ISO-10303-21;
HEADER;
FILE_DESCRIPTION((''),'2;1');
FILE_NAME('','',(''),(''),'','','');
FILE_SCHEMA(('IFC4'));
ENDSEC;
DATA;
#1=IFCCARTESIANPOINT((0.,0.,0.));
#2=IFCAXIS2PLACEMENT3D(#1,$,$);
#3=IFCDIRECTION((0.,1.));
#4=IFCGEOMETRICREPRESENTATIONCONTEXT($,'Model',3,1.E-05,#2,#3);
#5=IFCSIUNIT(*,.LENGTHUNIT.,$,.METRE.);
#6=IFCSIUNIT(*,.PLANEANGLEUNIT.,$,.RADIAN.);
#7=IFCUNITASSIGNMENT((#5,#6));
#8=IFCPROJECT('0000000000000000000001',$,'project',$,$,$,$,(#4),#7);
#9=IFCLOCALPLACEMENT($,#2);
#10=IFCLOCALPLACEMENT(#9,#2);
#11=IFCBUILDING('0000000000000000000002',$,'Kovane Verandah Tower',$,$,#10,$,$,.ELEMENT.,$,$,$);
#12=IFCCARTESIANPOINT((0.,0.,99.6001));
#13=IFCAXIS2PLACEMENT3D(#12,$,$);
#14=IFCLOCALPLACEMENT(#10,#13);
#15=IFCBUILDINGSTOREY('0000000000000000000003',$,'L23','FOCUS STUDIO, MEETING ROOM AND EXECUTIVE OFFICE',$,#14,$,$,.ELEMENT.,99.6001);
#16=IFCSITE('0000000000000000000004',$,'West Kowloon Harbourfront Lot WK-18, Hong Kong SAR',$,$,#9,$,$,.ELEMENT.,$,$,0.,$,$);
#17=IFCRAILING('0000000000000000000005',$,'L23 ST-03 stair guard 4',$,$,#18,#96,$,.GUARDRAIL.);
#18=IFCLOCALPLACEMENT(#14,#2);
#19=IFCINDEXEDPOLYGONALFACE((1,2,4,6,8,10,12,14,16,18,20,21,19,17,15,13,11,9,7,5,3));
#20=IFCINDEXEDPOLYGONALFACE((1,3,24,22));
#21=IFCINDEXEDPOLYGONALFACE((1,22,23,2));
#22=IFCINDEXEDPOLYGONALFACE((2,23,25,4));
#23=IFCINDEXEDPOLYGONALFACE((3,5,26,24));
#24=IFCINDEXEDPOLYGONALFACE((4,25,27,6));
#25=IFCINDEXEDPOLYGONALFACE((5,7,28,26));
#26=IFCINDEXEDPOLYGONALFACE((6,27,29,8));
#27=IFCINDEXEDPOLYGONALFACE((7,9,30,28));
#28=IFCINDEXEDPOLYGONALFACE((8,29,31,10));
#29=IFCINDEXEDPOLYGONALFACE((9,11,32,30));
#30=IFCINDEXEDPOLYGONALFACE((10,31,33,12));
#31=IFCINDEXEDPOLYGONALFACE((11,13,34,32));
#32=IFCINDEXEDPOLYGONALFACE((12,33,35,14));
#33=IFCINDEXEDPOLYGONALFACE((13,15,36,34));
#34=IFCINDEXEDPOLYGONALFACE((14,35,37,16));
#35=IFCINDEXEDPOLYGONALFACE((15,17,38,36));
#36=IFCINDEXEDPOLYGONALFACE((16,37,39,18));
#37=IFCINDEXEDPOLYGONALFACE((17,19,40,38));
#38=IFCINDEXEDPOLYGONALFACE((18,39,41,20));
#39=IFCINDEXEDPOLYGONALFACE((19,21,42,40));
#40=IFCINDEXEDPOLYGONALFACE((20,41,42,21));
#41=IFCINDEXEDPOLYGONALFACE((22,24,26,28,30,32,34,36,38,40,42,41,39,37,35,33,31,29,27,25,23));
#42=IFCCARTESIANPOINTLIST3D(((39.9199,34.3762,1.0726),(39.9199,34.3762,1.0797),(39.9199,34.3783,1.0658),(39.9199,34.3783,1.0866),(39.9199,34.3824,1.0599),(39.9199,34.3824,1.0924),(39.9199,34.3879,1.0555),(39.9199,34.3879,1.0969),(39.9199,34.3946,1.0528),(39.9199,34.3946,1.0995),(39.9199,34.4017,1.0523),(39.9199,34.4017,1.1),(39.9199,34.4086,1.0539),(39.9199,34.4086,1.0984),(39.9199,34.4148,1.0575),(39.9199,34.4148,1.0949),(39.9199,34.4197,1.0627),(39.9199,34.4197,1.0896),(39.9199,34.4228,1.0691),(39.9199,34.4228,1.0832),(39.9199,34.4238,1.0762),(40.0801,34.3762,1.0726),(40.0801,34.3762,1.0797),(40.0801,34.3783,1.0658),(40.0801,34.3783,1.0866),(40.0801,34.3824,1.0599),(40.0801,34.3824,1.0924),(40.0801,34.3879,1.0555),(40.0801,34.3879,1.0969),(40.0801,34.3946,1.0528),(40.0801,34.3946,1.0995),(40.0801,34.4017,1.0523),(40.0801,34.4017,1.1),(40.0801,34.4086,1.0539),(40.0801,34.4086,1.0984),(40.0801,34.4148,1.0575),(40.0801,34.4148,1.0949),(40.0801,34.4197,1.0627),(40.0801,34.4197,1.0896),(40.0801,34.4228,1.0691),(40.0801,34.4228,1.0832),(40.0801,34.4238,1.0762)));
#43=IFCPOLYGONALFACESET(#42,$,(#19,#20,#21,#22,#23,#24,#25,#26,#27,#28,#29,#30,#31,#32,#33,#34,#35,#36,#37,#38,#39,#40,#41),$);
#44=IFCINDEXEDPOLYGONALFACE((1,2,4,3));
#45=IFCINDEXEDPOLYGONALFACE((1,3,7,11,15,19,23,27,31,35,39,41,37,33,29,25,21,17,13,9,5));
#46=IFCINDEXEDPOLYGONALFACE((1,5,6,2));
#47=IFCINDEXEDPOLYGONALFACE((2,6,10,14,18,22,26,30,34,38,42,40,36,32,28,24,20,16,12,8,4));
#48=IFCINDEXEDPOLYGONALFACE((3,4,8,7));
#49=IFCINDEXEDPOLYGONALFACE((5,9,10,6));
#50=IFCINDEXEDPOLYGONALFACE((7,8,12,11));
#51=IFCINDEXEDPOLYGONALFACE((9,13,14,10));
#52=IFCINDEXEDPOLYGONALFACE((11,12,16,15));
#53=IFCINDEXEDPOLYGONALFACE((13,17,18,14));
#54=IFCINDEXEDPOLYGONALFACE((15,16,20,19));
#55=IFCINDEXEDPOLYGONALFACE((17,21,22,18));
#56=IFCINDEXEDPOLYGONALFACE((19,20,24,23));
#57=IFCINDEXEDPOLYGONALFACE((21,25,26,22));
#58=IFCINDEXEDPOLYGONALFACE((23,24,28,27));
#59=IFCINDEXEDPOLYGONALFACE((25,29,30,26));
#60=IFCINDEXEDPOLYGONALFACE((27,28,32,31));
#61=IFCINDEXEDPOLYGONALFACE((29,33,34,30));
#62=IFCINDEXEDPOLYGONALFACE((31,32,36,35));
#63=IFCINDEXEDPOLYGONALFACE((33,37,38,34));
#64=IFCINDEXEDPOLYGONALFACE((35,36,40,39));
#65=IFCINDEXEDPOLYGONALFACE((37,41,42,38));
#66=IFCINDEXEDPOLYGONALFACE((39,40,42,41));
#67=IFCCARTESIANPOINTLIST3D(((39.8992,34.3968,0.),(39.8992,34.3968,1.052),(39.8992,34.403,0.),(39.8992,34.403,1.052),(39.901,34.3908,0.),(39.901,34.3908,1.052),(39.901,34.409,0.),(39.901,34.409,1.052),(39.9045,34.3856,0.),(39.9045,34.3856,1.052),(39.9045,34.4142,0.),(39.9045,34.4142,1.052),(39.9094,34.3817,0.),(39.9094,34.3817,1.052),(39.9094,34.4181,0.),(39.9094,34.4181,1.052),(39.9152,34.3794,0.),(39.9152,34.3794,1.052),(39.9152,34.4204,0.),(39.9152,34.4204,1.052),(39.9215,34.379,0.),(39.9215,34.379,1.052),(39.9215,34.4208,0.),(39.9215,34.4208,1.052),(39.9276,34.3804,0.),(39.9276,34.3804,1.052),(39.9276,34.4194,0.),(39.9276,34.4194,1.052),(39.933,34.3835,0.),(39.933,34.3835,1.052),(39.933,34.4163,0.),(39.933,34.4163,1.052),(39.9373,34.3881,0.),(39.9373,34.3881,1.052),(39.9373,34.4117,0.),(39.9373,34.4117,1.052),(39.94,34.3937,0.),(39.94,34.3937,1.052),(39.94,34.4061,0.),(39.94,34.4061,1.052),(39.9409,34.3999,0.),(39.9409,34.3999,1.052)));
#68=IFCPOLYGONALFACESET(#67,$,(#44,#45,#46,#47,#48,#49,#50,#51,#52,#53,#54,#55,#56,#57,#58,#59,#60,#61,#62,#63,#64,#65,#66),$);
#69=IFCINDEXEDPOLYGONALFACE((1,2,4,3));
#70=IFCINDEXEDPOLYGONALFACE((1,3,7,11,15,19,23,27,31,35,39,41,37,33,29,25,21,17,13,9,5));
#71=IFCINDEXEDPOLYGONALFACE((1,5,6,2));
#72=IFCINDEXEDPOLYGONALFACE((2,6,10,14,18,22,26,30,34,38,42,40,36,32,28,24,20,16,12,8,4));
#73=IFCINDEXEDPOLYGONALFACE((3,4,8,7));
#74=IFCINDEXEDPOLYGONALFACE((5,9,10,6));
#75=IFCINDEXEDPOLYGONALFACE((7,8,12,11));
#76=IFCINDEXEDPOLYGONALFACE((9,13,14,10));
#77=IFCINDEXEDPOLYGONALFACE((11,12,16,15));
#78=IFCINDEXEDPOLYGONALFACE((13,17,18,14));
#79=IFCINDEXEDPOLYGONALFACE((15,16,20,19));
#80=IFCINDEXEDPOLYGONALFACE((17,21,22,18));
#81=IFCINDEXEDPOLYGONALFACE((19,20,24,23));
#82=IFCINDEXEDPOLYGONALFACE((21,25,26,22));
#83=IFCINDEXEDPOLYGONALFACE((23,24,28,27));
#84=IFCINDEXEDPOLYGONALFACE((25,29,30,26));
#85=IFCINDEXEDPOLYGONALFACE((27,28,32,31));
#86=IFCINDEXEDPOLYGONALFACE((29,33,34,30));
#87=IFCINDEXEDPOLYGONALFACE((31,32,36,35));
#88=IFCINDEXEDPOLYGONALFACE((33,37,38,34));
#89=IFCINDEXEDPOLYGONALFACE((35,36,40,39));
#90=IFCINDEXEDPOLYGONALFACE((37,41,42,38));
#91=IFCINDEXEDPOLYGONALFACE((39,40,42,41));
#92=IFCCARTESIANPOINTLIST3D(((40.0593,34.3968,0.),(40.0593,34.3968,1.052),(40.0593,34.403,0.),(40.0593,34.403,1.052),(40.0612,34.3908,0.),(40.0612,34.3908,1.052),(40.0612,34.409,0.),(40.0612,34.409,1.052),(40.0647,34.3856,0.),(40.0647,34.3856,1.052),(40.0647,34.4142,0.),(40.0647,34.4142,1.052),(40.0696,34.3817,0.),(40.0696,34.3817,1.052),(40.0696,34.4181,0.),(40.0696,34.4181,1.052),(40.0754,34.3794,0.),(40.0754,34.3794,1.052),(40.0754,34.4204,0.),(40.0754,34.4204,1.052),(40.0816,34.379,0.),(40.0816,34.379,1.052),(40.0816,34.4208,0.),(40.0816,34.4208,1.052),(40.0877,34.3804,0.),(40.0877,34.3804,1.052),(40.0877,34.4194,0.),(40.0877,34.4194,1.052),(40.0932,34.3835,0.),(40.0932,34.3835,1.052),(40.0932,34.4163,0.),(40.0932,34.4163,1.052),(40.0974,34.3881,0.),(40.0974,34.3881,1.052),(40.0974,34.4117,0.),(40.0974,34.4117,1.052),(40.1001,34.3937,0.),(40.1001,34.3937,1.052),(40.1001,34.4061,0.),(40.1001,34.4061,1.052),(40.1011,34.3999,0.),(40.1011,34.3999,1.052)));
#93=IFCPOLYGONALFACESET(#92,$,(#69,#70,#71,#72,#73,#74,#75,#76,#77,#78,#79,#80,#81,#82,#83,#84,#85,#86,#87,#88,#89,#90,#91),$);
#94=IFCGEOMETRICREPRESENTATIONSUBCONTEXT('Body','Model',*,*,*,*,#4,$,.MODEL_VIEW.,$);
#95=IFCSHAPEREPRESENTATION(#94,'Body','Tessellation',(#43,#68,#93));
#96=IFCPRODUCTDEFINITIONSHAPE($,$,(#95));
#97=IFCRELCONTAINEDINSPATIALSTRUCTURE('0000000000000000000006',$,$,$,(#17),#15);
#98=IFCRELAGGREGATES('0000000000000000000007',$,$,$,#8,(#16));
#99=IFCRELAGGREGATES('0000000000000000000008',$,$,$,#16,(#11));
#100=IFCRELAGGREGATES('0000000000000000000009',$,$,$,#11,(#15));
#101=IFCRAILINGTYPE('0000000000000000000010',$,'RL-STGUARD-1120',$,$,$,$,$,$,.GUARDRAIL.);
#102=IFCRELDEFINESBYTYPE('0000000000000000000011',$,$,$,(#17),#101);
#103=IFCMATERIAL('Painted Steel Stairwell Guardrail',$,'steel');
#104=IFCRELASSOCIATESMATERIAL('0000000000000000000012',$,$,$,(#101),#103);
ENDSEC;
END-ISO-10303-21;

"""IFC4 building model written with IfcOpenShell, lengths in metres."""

from ifc_helpers import new_model, si_unit, direction, frame, origin, origin_2d, place, context, subcontext, project, spatial, circle, extrude, material, type_object, element, save


model = new_model("IFC4")

# Units and contexts
model_context = context("Model", 3, precision=1e-05, world=origin(), true_north=direction((0.0, 1.0)))
body_context = subcontext(model_context, "Body", "Model", "MODEL_VIEW")
ifc_project = project(units=[si_unit("LENGTHUNIT", "METRE"), si_unit("PLANEANGLEUNIT", "RADIAN")], contexts=[model_context])

# Site, building, storey
site_placement = place(None, origin())
site = spatial("IfcSite", under=ifc_project, at=site_placement, Name="West Kowloon Harbourfront Lot WK-18, Hong Kong SAR", CompositionType="ELEMENT", RefElevation=0.0)
building_placement = place(site_placement, origin())
building = spatial("IfcBuilding", under=site, at=building_placement, Name="Kovane Verandah Tower", CompositionType="ELEMENT")
storey_placement = place(building_placement, frame((0.0, 0.0, 99.6001)))
storey = spatial("IfcBuildingStorey", under=building, at=storey_placement, Name="L23", Description="FOCUS STUDIO, MEETING ROOM AND EXECUTIVE OFFICE", CompositionType="ELEMENT", Elevation=99.6001)

# Railing
ifc_material_1 = material(Name="Painted Steel Stairwell Guardrail", Category="steel")
railing_type = type_object("IfcRailingType", Name="RL-STGUARD-1120", PredefinedType="GUARDRAIL", material=ifc_material_1)
railing_1_placement = place(storey_placement, frame((39.9199, 34.3999, 0.0)))
element("IfcRailing", 1, at=railing_1_placement, inside=storey, type_object=railing_type, Name="L23 ST-03 stair guard 4", PredefinedType="GUARDRAIL", context=body_context, shape_type="SweptSolid", body=[
    extrude(circle(Radius=0.0239, at=origin_2d()), frame((0.0, 0.0, 1.0762), z_axis=(1.0, 0.0, 0.0), x_axis=(0.0, 1.0, 0.0)), (0.0, 0.0, 1.0), 0.1602),
    extrude(circle(Radius=0.021, at=origin_2d()), origin(), (0.0, 0.0, 1.0), 1.052),
    extrude(circle(Radius=0.021, at=origin_2d()), frame((0.1602, 0.0, 0.0)), (0.0, 0.0, 1.0), 1.052),
])

save(model, "model.ifc")
